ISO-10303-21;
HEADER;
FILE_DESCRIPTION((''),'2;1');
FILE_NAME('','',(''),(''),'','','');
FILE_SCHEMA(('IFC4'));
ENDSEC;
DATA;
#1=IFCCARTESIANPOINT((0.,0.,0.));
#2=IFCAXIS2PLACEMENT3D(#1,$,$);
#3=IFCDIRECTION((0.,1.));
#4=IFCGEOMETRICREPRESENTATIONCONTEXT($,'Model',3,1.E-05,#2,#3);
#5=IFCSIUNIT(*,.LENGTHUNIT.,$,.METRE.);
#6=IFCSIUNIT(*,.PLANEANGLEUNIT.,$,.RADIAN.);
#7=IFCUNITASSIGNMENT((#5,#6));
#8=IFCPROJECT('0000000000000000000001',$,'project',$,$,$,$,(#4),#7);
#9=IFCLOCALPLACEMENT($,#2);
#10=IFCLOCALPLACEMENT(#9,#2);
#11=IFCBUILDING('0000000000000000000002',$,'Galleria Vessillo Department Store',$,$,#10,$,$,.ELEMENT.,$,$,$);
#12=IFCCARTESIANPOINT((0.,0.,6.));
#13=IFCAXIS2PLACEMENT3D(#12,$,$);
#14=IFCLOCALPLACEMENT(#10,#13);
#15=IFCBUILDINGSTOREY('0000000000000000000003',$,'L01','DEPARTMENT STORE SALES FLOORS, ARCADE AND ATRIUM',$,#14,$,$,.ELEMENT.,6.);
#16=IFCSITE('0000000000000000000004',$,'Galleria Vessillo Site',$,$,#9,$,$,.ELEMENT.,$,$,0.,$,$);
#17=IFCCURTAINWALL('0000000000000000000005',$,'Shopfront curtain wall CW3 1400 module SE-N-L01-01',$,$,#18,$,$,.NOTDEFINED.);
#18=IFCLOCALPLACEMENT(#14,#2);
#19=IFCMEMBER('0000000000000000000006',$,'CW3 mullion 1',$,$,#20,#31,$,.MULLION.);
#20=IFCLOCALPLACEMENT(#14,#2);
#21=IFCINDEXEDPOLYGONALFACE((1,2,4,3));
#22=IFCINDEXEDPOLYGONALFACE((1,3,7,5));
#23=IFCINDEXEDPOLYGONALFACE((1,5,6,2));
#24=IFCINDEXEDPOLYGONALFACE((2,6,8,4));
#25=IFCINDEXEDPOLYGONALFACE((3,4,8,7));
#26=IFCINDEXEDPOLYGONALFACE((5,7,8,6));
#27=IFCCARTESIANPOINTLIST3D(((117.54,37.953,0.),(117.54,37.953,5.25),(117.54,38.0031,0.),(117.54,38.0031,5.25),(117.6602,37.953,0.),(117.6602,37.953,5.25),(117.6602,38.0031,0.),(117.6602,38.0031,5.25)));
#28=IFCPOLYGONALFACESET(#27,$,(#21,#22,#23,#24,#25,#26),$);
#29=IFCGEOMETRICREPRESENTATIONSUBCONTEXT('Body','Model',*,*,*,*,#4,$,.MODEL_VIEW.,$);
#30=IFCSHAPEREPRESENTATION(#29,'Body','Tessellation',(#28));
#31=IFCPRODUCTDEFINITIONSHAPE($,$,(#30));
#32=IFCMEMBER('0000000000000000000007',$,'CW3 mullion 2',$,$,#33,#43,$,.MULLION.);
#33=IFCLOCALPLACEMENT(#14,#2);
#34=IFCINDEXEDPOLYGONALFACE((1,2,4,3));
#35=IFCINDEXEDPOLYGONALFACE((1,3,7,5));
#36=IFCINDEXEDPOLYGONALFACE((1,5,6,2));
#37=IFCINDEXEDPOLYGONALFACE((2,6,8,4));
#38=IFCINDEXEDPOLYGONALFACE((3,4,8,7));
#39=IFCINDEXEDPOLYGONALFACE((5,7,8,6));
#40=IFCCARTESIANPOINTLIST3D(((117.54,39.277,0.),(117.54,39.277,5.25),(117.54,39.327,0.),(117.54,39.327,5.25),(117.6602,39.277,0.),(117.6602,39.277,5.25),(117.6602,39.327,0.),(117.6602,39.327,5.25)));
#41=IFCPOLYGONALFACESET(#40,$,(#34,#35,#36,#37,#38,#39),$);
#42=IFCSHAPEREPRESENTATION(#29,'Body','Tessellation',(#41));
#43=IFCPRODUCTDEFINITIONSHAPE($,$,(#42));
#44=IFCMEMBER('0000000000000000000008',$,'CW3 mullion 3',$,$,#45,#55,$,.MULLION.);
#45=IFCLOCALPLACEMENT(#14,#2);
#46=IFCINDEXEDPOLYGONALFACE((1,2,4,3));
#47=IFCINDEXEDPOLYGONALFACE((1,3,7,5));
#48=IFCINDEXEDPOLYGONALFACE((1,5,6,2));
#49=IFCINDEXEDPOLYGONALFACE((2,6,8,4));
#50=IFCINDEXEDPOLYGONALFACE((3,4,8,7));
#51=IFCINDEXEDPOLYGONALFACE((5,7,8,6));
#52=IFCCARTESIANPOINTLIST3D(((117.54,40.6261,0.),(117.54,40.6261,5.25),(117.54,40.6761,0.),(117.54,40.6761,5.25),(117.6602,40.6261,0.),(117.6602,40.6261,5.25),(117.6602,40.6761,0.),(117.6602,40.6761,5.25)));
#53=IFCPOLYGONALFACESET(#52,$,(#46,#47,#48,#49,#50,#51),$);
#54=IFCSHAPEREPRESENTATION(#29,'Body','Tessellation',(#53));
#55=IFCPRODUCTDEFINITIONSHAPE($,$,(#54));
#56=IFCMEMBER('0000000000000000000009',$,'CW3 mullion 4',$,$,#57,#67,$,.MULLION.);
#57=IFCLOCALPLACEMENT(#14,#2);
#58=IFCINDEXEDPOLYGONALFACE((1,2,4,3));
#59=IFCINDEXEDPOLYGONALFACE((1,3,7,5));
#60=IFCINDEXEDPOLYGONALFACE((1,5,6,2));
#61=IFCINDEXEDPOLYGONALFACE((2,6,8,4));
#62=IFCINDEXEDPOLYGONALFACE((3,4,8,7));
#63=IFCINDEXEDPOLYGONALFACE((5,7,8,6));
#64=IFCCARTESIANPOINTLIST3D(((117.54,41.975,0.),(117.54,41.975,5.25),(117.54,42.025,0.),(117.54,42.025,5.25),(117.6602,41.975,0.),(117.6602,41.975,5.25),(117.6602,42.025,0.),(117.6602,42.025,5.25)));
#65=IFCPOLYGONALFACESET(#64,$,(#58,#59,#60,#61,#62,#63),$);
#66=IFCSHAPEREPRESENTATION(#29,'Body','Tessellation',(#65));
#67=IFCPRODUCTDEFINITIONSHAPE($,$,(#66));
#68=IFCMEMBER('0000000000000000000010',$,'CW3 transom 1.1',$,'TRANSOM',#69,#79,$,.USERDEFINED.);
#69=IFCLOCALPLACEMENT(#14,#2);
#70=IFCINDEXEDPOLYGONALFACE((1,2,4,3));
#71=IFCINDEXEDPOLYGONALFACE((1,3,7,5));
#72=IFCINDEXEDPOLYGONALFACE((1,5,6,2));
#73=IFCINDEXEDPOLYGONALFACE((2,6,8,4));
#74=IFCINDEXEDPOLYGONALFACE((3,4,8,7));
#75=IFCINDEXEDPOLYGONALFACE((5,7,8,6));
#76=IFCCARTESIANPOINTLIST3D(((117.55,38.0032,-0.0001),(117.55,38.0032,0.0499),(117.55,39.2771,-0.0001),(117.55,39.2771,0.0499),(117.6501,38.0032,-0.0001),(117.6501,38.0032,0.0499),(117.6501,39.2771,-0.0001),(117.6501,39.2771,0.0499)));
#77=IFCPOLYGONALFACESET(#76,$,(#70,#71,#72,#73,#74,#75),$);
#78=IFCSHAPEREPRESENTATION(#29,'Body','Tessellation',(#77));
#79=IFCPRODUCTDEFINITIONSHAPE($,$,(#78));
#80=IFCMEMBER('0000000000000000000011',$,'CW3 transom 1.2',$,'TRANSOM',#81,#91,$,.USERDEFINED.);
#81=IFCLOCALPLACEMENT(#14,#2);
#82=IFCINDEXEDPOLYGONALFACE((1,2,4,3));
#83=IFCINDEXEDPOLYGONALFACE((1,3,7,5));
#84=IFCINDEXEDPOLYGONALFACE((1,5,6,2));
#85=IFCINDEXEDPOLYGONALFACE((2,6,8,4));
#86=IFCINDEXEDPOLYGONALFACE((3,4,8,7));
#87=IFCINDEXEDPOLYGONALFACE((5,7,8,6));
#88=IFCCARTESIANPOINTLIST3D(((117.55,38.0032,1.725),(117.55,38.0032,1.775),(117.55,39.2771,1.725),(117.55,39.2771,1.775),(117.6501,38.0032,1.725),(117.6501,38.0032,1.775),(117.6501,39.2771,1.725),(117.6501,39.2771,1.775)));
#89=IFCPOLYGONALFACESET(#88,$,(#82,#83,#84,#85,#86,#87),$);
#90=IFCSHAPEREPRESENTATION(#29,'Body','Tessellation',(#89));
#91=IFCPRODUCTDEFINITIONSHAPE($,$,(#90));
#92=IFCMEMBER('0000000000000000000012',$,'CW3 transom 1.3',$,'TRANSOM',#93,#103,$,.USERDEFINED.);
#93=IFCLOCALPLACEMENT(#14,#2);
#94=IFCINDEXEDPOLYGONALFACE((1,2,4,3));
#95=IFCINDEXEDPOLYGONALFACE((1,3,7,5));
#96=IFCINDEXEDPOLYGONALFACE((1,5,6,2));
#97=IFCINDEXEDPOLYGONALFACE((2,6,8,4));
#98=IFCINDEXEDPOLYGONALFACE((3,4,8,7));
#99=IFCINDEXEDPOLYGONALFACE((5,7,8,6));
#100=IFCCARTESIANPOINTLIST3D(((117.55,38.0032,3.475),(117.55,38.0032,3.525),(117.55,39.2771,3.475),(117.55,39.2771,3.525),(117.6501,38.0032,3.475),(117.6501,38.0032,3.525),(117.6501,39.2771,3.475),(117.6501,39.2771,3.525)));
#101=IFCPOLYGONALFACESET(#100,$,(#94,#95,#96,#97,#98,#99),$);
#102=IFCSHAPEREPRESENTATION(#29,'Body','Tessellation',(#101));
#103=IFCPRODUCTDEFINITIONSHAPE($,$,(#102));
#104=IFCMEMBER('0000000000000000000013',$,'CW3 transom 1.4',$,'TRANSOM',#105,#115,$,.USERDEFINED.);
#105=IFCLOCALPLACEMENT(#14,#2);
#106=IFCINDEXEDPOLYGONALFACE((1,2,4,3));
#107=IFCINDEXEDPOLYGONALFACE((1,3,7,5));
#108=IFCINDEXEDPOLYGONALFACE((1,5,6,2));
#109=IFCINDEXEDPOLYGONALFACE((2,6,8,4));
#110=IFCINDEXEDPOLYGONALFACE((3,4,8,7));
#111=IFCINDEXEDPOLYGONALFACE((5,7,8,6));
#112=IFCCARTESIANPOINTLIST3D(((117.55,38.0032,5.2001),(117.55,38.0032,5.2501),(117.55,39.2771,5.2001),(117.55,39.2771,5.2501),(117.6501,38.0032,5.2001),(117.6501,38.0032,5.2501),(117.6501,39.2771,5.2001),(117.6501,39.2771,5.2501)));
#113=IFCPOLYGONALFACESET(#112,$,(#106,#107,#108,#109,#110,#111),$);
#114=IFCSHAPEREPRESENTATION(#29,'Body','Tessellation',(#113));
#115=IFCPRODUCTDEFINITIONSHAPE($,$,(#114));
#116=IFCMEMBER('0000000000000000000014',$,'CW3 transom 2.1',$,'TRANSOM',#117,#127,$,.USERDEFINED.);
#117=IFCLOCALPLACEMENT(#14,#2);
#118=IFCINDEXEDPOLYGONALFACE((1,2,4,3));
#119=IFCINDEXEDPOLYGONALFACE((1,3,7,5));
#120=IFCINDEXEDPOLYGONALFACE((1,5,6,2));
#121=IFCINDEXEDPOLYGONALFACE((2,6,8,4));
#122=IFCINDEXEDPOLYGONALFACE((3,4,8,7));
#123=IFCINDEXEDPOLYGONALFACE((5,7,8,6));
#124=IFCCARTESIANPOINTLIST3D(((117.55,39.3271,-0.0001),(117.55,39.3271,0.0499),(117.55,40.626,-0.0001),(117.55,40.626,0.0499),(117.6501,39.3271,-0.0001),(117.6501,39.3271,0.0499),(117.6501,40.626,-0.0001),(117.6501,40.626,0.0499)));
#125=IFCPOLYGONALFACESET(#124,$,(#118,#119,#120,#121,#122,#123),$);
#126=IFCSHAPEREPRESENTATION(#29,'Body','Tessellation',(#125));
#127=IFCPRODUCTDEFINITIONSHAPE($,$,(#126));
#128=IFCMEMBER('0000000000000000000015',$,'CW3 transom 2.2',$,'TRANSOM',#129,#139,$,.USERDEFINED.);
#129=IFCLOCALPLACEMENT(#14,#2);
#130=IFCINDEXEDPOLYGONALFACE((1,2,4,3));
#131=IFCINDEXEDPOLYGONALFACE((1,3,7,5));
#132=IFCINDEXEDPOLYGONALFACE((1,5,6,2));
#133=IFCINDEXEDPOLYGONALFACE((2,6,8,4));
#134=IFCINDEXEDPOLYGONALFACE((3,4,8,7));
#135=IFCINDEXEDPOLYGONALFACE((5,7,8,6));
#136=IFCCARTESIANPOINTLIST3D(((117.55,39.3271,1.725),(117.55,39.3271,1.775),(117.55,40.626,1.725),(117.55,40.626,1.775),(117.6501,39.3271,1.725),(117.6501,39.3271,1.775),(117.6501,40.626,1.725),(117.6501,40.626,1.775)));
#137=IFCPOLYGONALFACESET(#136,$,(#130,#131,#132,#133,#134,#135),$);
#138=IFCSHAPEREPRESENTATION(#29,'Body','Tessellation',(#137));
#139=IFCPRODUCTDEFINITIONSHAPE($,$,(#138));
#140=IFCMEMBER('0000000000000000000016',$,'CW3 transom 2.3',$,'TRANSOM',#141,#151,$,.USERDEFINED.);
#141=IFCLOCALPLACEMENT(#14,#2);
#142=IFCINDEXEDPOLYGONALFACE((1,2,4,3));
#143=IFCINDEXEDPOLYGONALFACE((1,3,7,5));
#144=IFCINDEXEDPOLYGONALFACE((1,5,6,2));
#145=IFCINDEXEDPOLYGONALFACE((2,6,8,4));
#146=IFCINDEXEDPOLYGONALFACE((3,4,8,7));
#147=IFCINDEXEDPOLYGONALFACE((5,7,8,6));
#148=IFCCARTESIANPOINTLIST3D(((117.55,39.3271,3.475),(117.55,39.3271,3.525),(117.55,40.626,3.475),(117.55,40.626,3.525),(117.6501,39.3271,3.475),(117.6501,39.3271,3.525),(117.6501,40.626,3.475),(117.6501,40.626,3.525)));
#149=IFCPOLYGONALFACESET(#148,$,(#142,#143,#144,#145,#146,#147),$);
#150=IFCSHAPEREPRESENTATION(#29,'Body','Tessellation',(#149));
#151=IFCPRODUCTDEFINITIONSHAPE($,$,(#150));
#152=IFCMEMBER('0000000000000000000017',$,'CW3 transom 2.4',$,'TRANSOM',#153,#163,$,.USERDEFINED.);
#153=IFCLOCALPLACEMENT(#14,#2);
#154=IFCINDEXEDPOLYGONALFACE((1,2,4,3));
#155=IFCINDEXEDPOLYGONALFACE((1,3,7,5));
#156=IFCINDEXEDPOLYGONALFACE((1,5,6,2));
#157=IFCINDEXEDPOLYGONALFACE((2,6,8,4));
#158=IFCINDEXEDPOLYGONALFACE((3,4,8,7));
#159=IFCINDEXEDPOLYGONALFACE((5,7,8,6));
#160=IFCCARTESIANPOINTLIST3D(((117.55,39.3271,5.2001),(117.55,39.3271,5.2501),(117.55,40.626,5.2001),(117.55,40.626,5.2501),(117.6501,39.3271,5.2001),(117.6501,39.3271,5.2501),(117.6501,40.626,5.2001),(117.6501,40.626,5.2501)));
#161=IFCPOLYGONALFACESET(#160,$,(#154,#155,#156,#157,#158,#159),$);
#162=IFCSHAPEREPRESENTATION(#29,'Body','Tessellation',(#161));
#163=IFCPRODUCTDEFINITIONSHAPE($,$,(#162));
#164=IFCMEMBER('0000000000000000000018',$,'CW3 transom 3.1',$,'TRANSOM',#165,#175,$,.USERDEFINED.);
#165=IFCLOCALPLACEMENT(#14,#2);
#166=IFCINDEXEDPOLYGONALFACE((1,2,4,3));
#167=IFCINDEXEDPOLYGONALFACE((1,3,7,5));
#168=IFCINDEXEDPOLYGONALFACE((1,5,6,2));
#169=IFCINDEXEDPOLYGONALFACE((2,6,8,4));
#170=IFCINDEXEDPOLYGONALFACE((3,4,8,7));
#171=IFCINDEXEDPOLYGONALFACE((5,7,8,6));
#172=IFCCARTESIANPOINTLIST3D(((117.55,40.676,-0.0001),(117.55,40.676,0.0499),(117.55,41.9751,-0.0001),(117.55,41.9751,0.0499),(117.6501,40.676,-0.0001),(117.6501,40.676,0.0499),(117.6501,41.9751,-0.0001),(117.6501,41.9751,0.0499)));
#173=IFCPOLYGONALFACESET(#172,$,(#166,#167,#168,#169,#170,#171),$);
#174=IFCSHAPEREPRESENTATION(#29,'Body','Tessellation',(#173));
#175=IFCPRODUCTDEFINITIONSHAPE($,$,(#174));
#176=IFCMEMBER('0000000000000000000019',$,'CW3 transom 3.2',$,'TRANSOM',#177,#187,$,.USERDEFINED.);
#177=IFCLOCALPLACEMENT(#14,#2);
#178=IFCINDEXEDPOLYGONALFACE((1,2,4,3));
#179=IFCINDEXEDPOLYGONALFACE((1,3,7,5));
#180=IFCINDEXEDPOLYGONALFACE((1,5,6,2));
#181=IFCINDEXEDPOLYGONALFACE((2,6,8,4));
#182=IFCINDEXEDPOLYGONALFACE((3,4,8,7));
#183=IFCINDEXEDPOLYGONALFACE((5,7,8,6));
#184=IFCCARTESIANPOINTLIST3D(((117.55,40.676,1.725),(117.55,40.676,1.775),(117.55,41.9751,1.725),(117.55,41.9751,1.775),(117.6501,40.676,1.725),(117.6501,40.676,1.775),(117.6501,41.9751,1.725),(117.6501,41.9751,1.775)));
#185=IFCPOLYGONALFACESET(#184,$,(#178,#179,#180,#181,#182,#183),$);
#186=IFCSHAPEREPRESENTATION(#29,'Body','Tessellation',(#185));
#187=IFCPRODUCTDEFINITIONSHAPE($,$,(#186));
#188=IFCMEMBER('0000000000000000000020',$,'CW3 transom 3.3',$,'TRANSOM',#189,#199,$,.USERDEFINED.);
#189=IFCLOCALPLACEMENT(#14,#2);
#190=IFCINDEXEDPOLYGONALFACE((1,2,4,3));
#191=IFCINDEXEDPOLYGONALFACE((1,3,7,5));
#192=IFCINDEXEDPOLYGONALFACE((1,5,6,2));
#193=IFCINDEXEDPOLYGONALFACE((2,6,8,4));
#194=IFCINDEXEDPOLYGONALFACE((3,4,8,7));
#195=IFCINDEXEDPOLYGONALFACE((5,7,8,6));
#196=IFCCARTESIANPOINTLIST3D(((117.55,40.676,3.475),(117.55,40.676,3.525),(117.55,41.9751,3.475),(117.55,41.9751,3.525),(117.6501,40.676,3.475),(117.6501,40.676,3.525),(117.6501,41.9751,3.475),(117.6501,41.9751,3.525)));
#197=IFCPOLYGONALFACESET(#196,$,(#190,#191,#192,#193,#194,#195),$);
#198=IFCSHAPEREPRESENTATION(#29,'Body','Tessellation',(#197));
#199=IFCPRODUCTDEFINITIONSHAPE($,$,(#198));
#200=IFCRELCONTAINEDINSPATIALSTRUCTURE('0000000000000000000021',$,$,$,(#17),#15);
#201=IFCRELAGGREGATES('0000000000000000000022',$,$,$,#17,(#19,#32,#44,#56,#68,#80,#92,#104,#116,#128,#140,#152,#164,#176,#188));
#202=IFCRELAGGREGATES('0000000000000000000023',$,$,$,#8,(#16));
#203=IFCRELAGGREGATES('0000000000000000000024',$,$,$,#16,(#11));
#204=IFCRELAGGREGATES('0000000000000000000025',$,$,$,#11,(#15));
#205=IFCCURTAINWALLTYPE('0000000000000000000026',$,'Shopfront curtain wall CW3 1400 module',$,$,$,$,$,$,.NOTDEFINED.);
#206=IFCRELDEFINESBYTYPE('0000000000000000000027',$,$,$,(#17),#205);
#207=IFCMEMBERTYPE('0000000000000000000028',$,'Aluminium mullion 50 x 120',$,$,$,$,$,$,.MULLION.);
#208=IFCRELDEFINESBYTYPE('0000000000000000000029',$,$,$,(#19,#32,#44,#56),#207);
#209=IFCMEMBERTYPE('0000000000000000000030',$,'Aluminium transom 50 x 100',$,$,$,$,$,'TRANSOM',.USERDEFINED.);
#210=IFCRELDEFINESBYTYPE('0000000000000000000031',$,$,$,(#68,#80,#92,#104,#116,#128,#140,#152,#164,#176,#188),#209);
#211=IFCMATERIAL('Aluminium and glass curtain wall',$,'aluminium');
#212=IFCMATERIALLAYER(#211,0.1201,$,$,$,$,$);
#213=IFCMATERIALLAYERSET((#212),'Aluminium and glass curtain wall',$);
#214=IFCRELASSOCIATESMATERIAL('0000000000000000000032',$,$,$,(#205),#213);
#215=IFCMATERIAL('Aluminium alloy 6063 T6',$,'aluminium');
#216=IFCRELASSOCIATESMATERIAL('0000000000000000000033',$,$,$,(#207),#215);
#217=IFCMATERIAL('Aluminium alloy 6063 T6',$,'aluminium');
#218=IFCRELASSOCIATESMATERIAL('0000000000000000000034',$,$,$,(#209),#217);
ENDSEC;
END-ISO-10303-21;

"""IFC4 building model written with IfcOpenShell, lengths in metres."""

from ifc_helpers import new_model, si_unit, direction, frame, origin, origin_2d, place, context, subcontext, project, spatial, rectangle, extrude, material, layer, layer_set, material_profile, profile_set, type_object, element, aggregate, save


model = new_model("IFC4")

# Units and contexts
model_context = context("Model", 3, precision=1e-05, world=origin(), true_north=direction((0.0, 1.0)))
body_context = subcontext(model_context, "Body", "Model", "MODEL_VIEW")
ifc_project = project(units=[si_unit("LENGTHUNIT", "METRE"), si_unit("PLANEANGLEUNIT", "RADIAN")], contexts=[model_context])

# Site, building, storey
site_placement = place(None, origin())
site = spatial("IfcSite", under=ifc_project, at=site_placement, Name="Galleria Vessillo Site", CompositionType="ELEMENT", RefElevation=0.0)
building_placement = place(site_placement, origin())
building = spatial("IfcBuilding", under=site, at=building_placement, Name="Galleria Vessillo Department Store", CompositionType="ELEMENT")
storey_placement = place(building_placement, frame((0.0, 0.0, 6.0)))
storey = spatial("IfcBuildingStorey", under=building, at=storey_placement, Name="L01", Description="DEPARTMENT STORE SALES FLOORS, ARCADE AND ATRIUM", CompositionType="ELEMENT", Elevation=6.0)

# Curtain wall, members
ifc_material_1 = material(Name="Aluminium and glass curtain wall", Category="aluminium")
ifc_layer_1 = layer(ifc_material_1, 0.1201)
ifc_layer_set_1 = layer_set([ifc_layer_1], Name="Aluminium and glass curtain wall")
curtain_wall_type = type_object("IfcCurtainWallType", Name="Shopfront curtain wall CW3 1400 module", PredefinedType="NOTDEFINED", material=ifc_layer_set_1)
curtain_wall_placement = place(storey_placement, origin())
curtain_wall = element("IfcCurtainWall", 1, at=curtain_wall_placement, inside=storey, type_object=curtain_wall_type, Name="Shopfront curtain wall CW3 1400 module SE-N-L01-01", PredefinedType="NOTDEFINED")
ifc_material_2 = material(Name="Aluminium alloy 6063 T6", Category="aluminium")
ifc_material_profile_1 = material_profile(ifc_material_2, rectangle(XDim=0.1201, YDim=0.05, at=origin_2d()), Name="AL 50x120")
ifc_profile_set_1 = profile_set([ifc_material_profile_1], Name="Aluminium alloy 6063 T6")
member_type_1 = type_object("IfcMemberType", Name="Aluminium mullion 50 x 120", PredefinedType="MULLION", material=ifc_profile_set_1)
member_1_placement = place(storey_placement, frame((117.6001, 37.978, 0.0), z_axis=(0.0, 0.0, 1.0), x_axis=(-1.0, 0.0, 0.0)))
member_1 = element("IfcMember", 2, at=member_1_placement, type_object=member_type_1, Name="CW3 mullion 1", PredefinedType="MULLION", context=body_context, shape_type="SweptSolid", body=[
    extrude(rectangle(XDim=0.1201, YDim=0.05, at=origin_2d()), origin(), (0.0, 0.0, 1.0), 5.25),
])
member_2_placement = place(storey_placement, frame((117.6001, 39.302, 0.0), z_axis=(0.0, 0.0, 1.0), x_axis=(-1.0, 0.0, 0.0)))
member_2 = element("IfcMember", 3, at=member_2_placement, type_object=member_type_1, Name="CW3 mullion 2", PredefinedType="MULLION", context=body_context, shape_type="SweptSolid", body=[
    extrude(rectangle(XDim=0.1201, YDim=0.05, at=origin_2d()), origin(), (0.0, 0.0, 1.0), 5.25),
])
member_3_placement = place(storey_placement, frame((117.6001, 40.6511, 0.0), z_axis=(0.0, 0.0, 1.0), x_axis=(-1.0, 0.0, 0.0)))
member_3 = element("IfcMember", 4, at=member_3_placement, type_object=member_type_1, Name="CW3 mullion 3", PredefinedType="MULLION", context=body_context, shape_type="SweptSolid", body=[
    extrude(rectangle(XDim=0.1201, YDim=0.05, at=origin_2d()), origin(), (0.0, 0.0, 1.0), 5.25),
])
member_4_placement = place(storey_placement, frame((117.6001, 42.0, 0.0), z_axis=(0.0, 0.0, 1.0), x_axis=(-1.0, 0.0, 0.0)))
member_4 = element("IfcMember", 5, at=member_4_placement, type_object=member_type_1, Name="CW3 mullion 4", PredefinedType="MULLION", context=body_context, shape_type="SweptSolid", body=[
    extrude(rectangle(XDim=0.1201, YDim=0.05, at=origin_2d()), origin(), (0.0, 0.0, 1.0), 5.25),
])
ifc_material_3 = material(Name="Aluminium alloy 6063 T6", Category="aluminium")
ifc_material_profile_2 = material_profile(ifc_material_3, rectangle(XDim=0.1001, YDim=0.05, at=origin_2d()), Name="AL 50x100")
ifc_profile_set_2 = profile_set([ifc_material_profile_2], Name="Aluminium alloy 6063 T6")
member_type_2 = type_object("IfcMemberType", Name="Aluminium transom 50 x 100", ElementType="TRANSOM", PredefinedType="USERDEFINED", material=ifc_profile_set_2)
member_5_placement = place(storey_placement, frame((117.6001, 38.0032, 0.0249), z_axis=(0.0, 1.0, 0.0), x_axis=(-1.0, 0.0, 0.0)))
member_5 = element("IfcMember", 6, at=member_5_placement, type_object=member_type_2, Name="CW3 transom 1.1", ObjectType="TRANSOM", PredefinedType="USERDEFINED", context=body_context, shape_type="SweptSolid", body=[
    extrude(rectangle(XDim=0.1001, YDim=0.05, at=origin_2d()), origin(), (0.0, 0.0, 1.0), 1.2739),
])
member_6_placement = place(storey_placement, frame((117.6001, 38.0032, 1.75), z_axis=(0.0, 1.0, 0.0), x_axis=(-1.0, 0.0, 0.0)))
member_6 = element("IfcMember", 7, at=member_6_placement, type_object=member_type_2, Name="CW3 transom 1.2", ObjectType="TRANSOM", PredefinedType="USERDEFINED", context=body_context, shape_type="SweptSolid", body=[
    extrude(rectangle(XDim=0.1001, YDim=0.05, at=origin_2d()), origin(), (0.0, 0.0, 1.0), 1.2739),
])
member_7_placement = place(storey_placement, frame((117.6001, 38.0032, 3.5), z_axis=(0.0, 1.0, 0.0), x_axis=(-1.0, 0.0, 0.0)))
member_7 = element("IfcMember", 8, at=member_7_placement, type_object=member_type_2, Name="CW3 transom 1.3", ObjectType="TRANSOM", PredefinedType="USERDEFINED", context=body_context, shape_type="SweptSolid", body=[
    extrude(rectangle(XDim=0.1001, YDim=0.05, at=origin_2d()), origin(), (0.0, 0.0, 1.0), 1.2739),
])
member_8_placement = place(storey_placement, frame((117.6001, 38.0032, 5.2251), z_axis=(0.0, 1.0, 0.0), x_axis=(-1.0, 0.0, 0.0)))
member_8 = element("IfcMember", 9, at=member_8_placement, type_object=member_type_2, Name="CW3 transom 1.4", ObjectType="TRANSOM", PredefinedType="USERDEFINED", context=body_context, shape_type="SweptSolid", body=[
    extrude(rectangle(XDim=0.1001, YDim=0.05, at=origin_2d()), origin(), (0.0, 0.0, 1.0), 1.2739),
])
member_9_placement = place(storey_placement, frame((117.6001, 39.3271, 0.0249), z_axis=(0.0, 1.0, 0.0), x_axis=(-1.0, 0.0, 0.0)))
member_9 = element("IfcMember", 10, at=member_9_placement, type_object=member_type_2, Name="CW3 transom 2.1", ObjectType="TRANSOM", PredefinedType="USERDEFINED", context=body_context, shape_type="SweptSolid", body=[
    extrude(rectangle(XDim=0.1001, YDim=0.05, at=origin_2d()), origin(), (0.0, 0.0, 1.0), 1.2988),
])
member_10_placement = place(storey_placement, frame((117.6001, 39.3271, 1.75), z_axis=(0.0, 1.0, 0.0), x_axis=(-1.0, 0.0, 0.0)))
member_10 = element("IfcMember", 11, at=member_10_placement, type_object=member_type_2, Name="CW3 transom 2.2", ObjectType="TRANSOM", PredefinedType="USERDEFINED", context=body_context, shape_type="SweptSolid", body=[
    extrude(rectangle(XDim=0.1001, YDim=0.05, at=origin_2d()), origin(), (0.0, 0.0, 1.0), 1.2988),
])
member_11_placement = place(storey_placement, frame((117.6001, 39.3271, 3.5), z_axis=(0.0, 1.0, 0.0), x_axis=(-1.0, 0.0, 0.0)))
member_11 = element("IfcMember", 12, at=member_11_placement, type_object=member_type_2, Name="CW3 transom 2.3", ObjectType="TRANSOM", PredefinedType="USERDEFINED", context=body_context, shape_type="SweptSolid", body=[
    extrude(rectangle(XDim=0.1001, YDim=0.05, at=origin_2d()), origin(), (0.0, 0.0, 1.0), 1.2988),
])
member_12_placement = place(storey_placement, frame((117.6001, 39.3271, 5.2251), z_axis=(0.0, 1.0, 0.0), x_axis=(-1.0, 0.0, 0.0)))
member_12 = element("IfcMember", 13, at=member_12_placement, type_object=member_type_2, Name="CW3 transom 2.4", ObjectType="TRANSOM", PredefinedType="USERDEFINED", context=body_context, shape_type="SweptSolid", body=[
    extrude(rectangle(XDim=0.1001, YDim=0.05, at=origin_2d()), origin(), (0.0, 0.0, 1.0), 1.2988),
])
member_13_placement = place(storey_placement, frame((117.6001, 40.676, 0.0249), z_axis=(0.0, 1.0, 0.0), x_axis=(-1.0, 0.0, 0.0)))
member_13 = element("IfcMember", 14, at=member_13_placement, type_object=member_type_2, Name="CW3 transom 3.1", ObjectType="TRANSOM", PredefinedType="USERDEFINED", context=body_context, shape_type="SweptSolid", body=[
    extrude(rectangle(XDim=0.1001, YDim=0.05, at=origin_2d()), origin(), (0.0, 0.0, 1.0), 1.2991),
])
member_14_placement = place(storey_placement, frame((117.6001, 40.676, 1.75), z_axis=(0.0, 1.0, 0.0), x_axis=(-1.0, 0.0, 0.0)))
member_14 = element("IfcMember", 15, at=member_14_placement, type_object=member_type_2, Name="CW3 transom 3.2", ObjectType="TRANSOM", PredefinedType="USERDEFINED", context=body_context, shape_type="SweptSolid", body=[
    extrude(rectangle(XDim=0.1001, YDim=0.05, at=origin_2d()), origin(), (0.0, 0.0, 1.0), 1.2991),
])
member_15_placement = place(storey_placement, frame((117.6001, 40.676, 3.5), z_axis=(0.0, 1.0, 0.0), x_axis=(-1.0, 0.0, 0.0)))
member_15 = element("IfcMember", 16, at=member_15_placement, type_object=member_type_2, Name="CW3 transom 3.3", ObjectType="TRANSOM", PredefinedType="USERDEFINED", context=body_context, shape_type="SweptSolid", body=[
    extrude(rectangle(XDim=0.1001, YDim=0.05, at=origin_2d()), origin(), (0.0, 0.0, 1.0), 1.2991),
])
aggregate(curtain_wall, [member_1, member_2, member_3, member_4, member_5, member_6, member_7, member_8, member_9, member_10, member_11, member_12, member_13, member_14, member_15])

save(model, "model.ifc")
